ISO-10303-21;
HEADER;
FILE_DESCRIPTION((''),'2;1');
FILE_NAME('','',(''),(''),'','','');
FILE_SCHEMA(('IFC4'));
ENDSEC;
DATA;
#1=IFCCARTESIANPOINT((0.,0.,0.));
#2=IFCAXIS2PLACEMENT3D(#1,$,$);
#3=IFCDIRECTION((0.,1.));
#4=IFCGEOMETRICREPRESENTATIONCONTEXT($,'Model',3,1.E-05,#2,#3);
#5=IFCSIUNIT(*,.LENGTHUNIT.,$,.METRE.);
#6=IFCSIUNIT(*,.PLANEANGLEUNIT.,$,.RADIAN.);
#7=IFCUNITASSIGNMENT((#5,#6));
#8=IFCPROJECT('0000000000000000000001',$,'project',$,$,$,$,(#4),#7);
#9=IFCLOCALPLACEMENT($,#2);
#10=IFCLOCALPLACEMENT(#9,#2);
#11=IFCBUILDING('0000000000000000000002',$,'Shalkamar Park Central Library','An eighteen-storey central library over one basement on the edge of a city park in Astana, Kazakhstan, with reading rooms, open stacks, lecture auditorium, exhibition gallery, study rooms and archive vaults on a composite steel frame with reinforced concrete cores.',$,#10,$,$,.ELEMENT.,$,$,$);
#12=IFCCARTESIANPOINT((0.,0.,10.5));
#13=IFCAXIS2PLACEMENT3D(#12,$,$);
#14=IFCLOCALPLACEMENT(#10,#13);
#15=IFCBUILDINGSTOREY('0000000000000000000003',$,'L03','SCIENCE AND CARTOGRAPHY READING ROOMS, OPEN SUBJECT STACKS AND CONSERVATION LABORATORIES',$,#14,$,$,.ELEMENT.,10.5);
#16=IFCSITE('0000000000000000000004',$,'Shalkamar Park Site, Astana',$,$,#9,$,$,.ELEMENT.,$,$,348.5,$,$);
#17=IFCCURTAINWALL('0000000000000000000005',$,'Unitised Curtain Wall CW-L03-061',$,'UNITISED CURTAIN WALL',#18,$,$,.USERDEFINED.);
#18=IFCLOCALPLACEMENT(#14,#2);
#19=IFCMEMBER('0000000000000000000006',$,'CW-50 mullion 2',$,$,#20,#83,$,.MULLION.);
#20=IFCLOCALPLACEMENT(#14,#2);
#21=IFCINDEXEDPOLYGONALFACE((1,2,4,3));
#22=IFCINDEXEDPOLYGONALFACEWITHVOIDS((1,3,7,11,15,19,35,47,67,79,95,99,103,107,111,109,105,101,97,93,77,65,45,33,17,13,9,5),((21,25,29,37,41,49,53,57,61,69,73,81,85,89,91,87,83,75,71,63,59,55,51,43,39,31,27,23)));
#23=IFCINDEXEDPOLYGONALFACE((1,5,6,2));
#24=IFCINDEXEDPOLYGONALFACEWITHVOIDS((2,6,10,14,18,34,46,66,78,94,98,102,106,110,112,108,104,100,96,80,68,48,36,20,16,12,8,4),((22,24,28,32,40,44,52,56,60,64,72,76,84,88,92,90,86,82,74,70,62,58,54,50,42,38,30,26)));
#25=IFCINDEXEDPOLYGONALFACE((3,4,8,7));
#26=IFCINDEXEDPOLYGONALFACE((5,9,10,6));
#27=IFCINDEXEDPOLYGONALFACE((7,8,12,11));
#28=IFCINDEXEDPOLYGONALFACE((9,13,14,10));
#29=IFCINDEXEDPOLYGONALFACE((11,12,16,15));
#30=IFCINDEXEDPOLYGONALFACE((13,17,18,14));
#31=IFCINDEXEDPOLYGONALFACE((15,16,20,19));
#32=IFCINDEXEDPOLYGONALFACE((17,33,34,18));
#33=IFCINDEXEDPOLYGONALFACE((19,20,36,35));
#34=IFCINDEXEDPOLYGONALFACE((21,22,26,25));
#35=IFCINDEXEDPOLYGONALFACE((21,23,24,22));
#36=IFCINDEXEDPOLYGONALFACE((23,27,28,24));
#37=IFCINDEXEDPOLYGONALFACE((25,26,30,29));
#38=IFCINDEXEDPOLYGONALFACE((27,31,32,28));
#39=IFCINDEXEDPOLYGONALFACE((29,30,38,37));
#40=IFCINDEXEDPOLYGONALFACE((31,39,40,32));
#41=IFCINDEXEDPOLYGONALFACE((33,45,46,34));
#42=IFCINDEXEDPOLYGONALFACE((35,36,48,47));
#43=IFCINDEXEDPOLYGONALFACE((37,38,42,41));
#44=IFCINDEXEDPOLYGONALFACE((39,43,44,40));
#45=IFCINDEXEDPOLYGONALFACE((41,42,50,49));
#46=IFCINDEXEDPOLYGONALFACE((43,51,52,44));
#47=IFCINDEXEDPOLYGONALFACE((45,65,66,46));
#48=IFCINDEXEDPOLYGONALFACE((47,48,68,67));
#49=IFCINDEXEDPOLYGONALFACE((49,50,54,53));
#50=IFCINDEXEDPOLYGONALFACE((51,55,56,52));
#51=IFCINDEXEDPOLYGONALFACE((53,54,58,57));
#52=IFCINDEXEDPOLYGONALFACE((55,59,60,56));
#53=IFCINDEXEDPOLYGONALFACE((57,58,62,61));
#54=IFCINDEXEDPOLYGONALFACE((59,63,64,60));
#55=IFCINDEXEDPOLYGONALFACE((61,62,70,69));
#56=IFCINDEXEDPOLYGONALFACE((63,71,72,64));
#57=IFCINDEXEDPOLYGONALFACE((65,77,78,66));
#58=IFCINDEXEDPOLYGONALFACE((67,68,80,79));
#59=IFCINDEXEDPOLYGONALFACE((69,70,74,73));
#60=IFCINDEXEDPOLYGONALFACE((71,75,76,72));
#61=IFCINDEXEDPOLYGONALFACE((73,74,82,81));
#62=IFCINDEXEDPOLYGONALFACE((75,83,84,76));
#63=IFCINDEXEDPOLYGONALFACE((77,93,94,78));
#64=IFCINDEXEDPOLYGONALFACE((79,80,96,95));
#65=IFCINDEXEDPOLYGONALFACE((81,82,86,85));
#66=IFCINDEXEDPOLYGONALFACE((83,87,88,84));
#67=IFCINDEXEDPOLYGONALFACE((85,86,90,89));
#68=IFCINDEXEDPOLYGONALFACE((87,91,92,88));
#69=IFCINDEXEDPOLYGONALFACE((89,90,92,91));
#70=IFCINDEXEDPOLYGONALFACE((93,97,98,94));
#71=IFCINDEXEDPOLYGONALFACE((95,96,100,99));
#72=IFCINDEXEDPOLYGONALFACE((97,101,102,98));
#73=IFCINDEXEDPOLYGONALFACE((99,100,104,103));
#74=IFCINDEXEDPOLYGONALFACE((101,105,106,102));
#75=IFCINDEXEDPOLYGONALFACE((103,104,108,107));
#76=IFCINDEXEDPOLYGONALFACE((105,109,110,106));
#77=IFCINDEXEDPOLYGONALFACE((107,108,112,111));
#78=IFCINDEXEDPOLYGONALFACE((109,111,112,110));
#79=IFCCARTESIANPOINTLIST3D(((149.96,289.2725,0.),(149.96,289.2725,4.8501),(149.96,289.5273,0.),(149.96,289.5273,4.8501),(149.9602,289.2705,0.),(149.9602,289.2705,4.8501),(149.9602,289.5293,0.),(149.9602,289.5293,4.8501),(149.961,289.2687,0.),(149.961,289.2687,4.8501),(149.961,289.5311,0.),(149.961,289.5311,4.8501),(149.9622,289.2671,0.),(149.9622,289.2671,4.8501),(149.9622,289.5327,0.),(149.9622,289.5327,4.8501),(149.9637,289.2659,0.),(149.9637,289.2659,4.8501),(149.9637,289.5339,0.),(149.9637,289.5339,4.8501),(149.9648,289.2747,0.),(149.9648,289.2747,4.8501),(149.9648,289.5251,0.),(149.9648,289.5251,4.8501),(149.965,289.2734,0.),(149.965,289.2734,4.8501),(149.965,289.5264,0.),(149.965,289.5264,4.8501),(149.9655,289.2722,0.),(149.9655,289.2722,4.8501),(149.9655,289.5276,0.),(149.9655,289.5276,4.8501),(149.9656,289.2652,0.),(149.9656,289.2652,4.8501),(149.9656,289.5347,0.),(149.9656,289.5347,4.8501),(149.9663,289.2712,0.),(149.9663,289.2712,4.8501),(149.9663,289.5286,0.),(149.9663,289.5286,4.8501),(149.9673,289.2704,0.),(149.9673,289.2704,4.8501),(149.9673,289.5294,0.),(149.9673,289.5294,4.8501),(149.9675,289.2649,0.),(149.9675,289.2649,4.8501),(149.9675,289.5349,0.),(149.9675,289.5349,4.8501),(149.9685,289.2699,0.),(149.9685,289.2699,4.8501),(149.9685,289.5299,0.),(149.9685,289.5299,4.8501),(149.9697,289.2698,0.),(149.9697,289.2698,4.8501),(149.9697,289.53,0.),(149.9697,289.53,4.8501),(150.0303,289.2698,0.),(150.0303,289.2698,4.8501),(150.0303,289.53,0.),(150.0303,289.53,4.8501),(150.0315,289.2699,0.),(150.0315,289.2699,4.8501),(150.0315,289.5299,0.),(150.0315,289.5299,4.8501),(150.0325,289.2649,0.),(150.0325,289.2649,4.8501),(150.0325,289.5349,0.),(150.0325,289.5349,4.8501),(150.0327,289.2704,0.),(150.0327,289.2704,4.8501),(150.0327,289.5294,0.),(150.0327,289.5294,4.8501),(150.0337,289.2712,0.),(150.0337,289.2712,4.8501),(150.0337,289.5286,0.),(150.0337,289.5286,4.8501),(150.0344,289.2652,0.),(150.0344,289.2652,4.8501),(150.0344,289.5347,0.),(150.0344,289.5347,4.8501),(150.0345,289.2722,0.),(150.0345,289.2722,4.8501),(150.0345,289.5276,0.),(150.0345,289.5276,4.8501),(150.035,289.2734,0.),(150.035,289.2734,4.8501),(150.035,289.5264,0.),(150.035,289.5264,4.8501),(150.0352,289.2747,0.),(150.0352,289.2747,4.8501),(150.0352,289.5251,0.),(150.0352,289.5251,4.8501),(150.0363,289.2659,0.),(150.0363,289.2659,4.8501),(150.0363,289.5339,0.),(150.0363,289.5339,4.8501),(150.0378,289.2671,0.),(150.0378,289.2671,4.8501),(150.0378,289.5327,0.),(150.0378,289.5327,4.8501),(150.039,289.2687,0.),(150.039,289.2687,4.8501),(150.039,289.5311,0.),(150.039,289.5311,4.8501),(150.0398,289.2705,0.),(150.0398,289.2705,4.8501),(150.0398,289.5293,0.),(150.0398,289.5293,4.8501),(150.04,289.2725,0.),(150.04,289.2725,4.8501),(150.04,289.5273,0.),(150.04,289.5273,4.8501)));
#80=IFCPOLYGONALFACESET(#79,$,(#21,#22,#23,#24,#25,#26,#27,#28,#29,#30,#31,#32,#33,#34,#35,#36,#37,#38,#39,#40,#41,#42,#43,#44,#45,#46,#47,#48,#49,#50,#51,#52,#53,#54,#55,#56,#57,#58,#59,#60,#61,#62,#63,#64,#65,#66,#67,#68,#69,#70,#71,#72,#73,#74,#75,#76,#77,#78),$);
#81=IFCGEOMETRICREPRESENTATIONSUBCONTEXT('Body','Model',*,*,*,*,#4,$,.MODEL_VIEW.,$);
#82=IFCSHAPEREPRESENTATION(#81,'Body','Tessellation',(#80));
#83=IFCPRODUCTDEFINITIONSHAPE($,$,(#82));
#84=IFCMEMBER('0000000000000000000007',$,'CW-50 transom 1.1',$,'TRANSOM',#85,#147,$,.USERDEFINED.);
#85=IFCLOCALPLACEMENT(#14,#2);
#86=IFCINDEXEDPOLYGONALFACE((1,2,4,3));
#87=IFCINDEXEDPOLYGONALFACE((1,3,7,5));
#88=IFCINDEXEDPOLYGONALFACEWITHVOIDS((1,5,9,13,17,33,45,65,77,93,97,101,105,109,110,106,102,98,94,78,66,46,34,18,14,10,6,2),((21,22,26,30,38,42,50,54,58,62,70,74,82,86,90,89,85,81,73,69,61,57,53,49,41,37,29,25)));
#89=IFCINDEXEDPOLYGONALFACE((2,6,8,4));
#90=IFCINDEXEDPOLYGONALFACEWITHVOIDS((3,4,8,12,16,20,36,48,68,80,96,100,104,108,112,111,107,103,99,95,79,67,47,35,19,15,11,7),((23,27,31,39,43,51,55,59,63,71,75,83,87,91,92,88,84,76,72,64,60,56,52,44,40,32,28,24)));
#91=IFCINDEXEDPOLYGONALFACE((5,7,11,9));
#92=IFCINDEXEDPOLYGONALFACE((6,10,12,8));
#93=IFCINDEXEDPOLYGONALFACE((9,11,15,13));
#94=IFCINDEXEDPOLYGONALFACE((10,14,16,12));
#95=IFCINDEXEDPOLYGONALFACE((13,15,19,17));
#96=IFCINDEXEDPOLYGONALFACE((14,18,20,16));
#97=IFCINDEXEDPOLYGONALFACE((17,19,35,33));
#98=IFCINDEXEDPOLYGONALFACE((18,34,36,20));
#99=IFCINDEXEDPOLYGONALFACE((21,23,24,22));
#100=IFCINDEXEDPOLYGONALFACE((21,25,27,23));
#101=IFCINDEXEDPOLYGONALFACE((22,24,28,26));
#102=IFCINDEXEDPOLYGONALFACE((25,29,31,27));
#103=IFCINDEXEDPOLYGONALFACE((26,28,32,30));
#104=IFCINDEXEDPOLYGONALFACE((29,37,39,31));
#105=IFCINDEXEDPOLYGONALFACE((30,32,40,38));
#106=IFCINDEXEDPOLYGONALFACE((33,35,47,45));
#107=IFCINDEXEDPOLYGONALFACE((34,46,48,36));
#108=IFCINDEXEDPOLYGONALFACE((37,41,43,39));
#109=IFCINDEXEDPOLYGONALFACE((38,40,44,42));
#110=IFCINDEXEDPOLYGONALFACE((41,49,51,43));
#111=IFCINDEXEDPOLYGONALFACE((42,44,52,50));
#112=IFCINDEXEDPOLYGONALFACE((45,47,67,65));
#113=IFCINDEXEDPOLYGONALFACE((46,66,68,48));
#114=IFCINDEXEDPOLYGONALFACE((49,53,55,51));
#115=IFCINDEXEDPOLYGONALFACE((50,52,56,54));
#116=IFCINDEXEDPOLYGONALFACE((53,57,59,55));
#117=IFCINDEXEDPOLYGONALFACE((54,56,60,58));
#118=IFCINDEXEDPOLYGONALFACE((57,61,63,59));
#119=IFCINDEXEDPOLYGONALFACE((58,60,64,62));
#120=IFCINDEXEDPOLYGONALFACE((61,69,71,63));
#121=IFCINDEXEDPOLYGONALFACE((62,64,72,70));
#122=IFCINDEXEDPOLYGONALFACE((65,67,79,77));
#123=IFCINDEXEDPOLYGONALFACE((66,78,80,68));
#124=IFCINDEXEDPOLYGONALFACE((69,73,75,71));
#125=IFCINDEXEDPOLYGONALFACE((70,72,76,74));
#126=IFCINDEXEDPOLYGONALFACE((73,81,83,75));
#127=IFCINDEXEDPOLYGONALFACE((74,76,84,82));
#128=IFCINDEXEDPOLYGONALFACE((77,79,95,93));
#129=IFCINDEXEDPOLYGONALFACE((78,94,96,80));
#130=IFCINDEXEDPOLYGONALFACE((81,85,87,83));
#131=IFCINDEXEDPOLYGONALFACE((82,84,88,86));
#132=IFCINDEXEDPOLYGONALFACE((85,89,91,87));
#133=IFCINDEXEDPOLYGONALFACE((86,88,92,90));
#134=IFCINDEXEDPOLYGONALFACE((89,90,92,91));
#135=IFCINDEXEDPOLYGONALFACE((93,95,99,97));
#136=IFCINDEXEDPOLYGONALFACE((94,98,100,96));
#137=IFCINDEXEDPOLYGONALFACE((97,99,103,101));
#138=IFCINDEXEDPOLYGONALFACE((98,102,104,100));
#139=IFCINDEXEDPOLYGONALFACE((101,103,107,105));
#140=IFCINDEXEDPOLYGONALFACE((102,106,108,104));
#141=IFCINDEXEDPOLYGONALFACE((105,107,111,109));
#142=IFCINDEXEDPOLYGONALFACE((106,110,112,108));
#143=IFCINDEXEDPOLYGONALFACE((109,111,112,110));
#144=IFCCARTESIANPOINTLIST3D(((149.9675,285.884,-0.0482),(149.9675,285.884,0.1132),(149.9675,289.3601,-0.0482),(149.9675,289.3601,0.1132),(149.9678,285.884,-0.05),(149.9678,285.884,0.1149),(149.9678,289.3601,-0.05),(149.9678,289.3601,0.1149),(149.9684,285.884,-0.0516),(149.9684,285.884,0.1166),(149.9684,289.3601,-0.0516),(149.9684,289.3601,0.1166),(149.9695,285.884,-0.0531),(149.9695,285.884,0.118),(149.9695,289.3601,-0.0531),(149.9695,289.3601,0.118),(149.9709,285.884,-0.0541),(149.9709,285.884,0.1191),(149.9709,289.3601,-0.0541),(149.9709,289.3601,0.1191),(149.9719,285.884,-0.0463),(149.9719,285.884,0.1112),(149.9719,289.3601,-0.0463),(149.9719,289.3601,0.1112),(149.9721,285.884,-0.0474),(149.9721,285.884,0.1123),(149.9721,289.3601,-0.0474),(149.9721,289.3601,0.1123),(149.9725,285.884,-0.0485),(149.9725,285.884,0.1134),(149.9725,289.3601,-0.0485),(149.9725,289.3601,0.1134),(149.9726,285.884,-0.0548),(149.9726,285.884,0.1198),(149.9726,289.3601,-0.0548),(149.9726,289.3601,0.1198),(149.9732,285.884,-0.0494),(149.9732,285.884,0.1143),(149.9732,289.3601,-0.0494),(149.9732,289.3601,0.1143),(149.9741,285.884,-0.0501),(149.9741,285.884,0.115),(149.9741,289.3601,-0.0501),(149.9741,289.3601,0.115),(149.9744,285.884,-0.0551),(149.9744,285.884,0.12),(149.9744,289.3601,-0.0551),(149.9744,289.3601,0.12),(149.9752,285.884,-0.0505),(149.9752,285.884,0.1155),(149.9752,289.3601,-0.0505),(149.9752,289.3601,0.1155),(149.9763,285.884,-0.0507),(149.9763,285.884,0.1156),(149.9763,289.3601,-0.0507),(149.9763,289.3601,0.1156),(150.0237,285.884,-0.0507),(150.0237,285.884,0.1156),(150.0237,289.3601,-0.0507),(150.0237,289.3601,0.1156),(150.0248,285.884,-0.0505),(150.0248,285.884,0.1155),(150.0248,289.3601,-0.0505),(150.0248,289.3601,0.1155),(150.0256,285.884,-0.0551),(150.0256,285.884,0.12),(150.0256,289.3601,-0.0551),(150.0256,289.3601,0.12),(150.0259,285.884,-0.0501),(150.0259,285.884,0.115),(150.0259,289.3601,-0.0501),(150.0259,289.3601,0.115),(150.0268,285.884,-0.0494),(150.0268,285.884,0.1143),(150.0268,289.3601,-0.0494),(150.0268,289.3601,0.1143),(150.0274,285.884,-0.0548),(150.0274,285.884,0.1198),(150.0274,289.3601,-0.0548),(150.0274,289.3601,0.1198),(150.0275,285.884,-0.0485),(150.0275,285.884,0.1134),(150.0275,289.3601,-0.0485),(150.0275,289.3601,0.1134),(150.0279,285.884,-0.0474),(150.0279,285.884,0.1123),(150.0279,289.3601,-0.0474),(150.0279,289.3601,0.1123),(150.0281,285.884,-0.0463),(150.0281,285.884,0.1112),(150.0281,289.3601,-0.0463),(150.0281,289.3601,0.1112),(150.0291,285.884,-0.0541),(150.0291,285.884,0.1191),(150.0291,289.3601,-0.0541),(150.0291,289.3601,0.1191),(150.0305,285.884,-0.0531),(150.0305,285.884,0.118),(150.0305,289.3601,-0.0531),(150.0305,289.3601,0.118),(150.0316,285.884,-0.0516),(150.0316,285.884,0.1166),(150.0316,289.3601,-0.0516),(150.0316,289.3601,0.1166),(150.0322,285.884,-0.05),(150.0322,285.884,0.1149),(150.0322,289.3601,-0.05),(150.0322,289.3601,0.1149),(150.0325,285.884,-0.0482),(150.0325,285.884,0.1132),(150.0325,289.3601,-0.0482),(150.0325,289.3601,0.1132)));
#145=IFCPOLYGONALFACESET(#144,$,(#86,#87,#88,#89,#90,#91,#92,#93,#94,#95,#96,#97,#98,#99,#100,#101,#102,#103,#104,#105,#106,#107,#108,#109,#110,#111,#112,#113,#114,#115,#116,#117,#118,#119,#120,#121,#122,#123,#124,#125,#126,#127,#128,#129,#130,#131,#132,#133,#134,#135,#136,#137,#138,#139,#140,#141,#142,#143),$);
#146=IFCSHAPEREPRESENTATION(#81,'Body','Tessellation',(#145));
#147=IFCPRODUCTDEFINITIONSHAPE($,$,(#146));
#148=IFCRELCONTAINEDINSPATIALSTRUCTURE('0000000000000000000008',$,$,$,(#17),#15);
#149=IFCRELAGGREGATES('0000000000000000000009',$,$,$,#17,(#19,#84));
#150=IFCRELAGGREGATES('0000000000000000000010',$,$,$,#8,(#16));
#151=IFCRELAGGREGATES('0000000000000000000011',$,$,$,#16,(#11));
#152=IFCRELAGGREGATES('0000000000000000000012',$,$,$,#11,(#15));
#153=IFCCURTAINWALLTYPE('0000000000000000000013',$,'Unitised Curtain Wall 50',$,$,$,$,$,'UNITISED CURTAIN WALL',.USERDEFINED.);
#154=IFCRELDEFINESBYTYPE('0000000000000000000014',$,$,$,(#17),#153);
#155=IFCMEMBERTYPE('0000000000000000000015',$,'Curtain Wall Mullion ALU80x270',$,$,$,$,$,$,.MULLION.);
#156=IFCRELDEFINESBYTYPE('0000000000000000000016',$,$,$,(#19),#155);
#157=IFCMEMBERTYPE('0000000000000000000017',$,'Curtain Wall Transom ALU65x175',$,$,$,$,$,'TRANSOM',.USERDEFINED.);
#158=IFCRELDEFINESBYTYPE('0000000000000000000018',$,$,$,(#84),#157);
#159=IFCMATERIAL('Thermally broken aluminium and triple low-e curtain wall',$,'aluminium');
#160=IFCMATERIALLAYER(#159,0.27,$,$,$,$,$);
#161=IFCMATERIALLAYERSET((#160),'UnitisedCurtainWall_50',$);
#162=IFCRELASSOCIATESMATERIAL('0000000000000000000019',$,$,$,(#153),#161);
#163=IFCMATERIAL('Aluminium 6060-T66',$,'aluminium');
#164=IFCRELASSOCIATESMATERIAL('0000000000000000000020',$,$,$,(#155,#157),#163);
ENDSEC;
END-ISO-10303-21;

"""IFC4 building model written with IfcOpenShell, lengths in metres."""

from ifc_helpers import new_model, si_unit, direction, frame, origin, origin_2d, place, context, subcontext, project, spatial, hollow_rectangle, extrude, material, layer, layer_set, material_profile, profile_set, type_object, element, aggregate, save


model = new_model("IFC4")

# Units and contexts
model_context = context("Model", 3, precision=1e-05, world=origin(), true_north=direction((0.0, 1.0)))
body_context = subcontext(model_context, "Body", "Model", "MODEL_VIEW")
ifc_project = project(units=[si_unit("LENGTHUNIT", "METRE"), si_unit("PLANEANGLEUNIT", "RADIAN")], contexts=[model_context])

# Site, building, storey
site_placement = place(None, origin())
site = spatial("IfcSite", under=ifc_project, at=site_placement, Name="Shalkamar Park Site, Astana", CompositionType="ELEMENT", RefElevation=348.5)
building_placement = place(site_placement, origin())
building = spatial("IfcBuilding", under=site, at=building_placement, Name="Shalkamar Park Central Library", Description="An eighteen-storey central library over one basement on the edge of a city park in Astana, Kazakhstan, with reading rooms, open stacks, lecture auditorium, exhibition gallery, study rooms and archive vaults on a composite steel frame with reinforced concrete cores.", CompositionType="ELEMENT")
storey_placement = place(building_placement, frame((0.0, 0.0, 10.5)))
storey = spatial("IfcBuildingStorey", under=building, at=storey_placement, Name="L03", Description="SCIENCE AND CARTOGRAPHY READING ROOMS, OPEN SUBJECT STACKS AND CONSERVATION LABORATORIES", CompositionType="ELEMENT", Elevation=10.5)

# Shared definitions
ifc_material_1 = material(Name="Thermally broken aluminium and triple low-e curtain wall", Category="aluminium")
ifc_material_2 = material(Name="Aluminium 6060-T66", Category="aluminium")

# Curtain wall, members
ifc_layer_1 = layer(ifc_material_1, 0.27)
ifc_layer_set_1 = layer_set([ifc_layer_1], Name="UnitisedCurtainWall_50")
curtain_wall_type_1 = type_object("IfcCurtainWallType", Name="Unitised Curtain Wall 50", ElementType="UNITISED CURTAIN WALL", PredefinedType="USERDEFINED", material=ifc_layer_set_1)
curtain_wall_1_placement = place(storey_placement, origin())
curtain_wall_1 = element("IfcCurtainWall", 1, at=curtain_wall_1_placement, inside=storey, type_object=curtain_wall_type_1, Name="Unitised Curtain Wall CW-L03-061", ObjectType="UNITISED CURTAIN WALL", PredefinedType="USERDEFINED")
ifc_material_profile_1 = material_profile(ifc_material_2, hollow_rectangle(XDim=0.0801, YDim=0.27, WallThickness=0.0049, InnerFilletRadius=0.0049, OuterFilletRadius=0.0076, at=origin_2d()), Name="ALU 80x270x5")
ifc_profile_set_1 = profile_set([ifc_material_profile_1], Name="Aluminium 6060-T66")
member_type_1 = type_object("IfcMemberType", Name="Curtain Wall Mullion ALU80x270", PredefinedType="MULLION", material=ifc_profile_set_1)
member_1_placement = place(storey_placement, frame((150.0, 289.3999, 0.0), z_axis=(0.0, 0.0, 1.0), x_axis=(-1.0, 0.0, 0.0)))
member_1 = element("IfcMember", 2, at=member_1_placement, type_object=member_type_1, Name="CW-50 mullion 2", PredefinedType="MULLION", context=body_context, shape_type="SweptSolid", body=[
    extrude(hollow_rectangle(XDim=0.0801, YDim=0.27, WallThickness=0.0049, InnerFilletRadius=0.0049, OuterFilletRadius=0.0076, at=origin_2d()), origin(), (0.0, 0.0, 1.0), 4.8501),
])
ifc_material_profile_2 = material_profile(ifc_material_2, hollow_rectangle(XDim=0.0649, YDim=0.175, WallThickness=0.0044, InnerFilletRadius=0.0044, OuterFilletRadius=0.0068, at=origin_2d()), Name="ALU 65x175x4.5")
ifc_profile_set_2 = profile_set([ifc_material_profile_2], Name="Aluminium 6060-T66")
member_type_2 = type_object("IfcMemberType", Name="Curtain Wall Transom ALU65x175", ElementType="TRANSOM", PredefinedType="USERDEFINED", material=ifc_profile_set_2)
member_2_placement = place(storey_placement, frame((150.0, 285.884, 0.0325), z_axis=(0.0, 1.0, 0.0), x_axis=(-1.0, 0.0, 0.0)))
member_2 = element("IfcMember", 3, at=member_2_placement, type_object=member_type_2, Name="CW-50 transom 1.1", ObjectType="TRANSOM", PredefinedType="USERDEFINED", context=body_context, shape_type="SweptSolid", body=[
    extrude(hollow_rectangle(XDim=0.0649, YDim=0.175, WallThickness=0.0044, InnerFilletRadius=0.0044, OuterFilletRadius=0.0068, at=origin_2d()), origin(), (0.0, 0.0, 1.0), 3.4761),
])

aggregate(curtain_wall_1, [member_1, member_2])

save(model, "model.ifc")
